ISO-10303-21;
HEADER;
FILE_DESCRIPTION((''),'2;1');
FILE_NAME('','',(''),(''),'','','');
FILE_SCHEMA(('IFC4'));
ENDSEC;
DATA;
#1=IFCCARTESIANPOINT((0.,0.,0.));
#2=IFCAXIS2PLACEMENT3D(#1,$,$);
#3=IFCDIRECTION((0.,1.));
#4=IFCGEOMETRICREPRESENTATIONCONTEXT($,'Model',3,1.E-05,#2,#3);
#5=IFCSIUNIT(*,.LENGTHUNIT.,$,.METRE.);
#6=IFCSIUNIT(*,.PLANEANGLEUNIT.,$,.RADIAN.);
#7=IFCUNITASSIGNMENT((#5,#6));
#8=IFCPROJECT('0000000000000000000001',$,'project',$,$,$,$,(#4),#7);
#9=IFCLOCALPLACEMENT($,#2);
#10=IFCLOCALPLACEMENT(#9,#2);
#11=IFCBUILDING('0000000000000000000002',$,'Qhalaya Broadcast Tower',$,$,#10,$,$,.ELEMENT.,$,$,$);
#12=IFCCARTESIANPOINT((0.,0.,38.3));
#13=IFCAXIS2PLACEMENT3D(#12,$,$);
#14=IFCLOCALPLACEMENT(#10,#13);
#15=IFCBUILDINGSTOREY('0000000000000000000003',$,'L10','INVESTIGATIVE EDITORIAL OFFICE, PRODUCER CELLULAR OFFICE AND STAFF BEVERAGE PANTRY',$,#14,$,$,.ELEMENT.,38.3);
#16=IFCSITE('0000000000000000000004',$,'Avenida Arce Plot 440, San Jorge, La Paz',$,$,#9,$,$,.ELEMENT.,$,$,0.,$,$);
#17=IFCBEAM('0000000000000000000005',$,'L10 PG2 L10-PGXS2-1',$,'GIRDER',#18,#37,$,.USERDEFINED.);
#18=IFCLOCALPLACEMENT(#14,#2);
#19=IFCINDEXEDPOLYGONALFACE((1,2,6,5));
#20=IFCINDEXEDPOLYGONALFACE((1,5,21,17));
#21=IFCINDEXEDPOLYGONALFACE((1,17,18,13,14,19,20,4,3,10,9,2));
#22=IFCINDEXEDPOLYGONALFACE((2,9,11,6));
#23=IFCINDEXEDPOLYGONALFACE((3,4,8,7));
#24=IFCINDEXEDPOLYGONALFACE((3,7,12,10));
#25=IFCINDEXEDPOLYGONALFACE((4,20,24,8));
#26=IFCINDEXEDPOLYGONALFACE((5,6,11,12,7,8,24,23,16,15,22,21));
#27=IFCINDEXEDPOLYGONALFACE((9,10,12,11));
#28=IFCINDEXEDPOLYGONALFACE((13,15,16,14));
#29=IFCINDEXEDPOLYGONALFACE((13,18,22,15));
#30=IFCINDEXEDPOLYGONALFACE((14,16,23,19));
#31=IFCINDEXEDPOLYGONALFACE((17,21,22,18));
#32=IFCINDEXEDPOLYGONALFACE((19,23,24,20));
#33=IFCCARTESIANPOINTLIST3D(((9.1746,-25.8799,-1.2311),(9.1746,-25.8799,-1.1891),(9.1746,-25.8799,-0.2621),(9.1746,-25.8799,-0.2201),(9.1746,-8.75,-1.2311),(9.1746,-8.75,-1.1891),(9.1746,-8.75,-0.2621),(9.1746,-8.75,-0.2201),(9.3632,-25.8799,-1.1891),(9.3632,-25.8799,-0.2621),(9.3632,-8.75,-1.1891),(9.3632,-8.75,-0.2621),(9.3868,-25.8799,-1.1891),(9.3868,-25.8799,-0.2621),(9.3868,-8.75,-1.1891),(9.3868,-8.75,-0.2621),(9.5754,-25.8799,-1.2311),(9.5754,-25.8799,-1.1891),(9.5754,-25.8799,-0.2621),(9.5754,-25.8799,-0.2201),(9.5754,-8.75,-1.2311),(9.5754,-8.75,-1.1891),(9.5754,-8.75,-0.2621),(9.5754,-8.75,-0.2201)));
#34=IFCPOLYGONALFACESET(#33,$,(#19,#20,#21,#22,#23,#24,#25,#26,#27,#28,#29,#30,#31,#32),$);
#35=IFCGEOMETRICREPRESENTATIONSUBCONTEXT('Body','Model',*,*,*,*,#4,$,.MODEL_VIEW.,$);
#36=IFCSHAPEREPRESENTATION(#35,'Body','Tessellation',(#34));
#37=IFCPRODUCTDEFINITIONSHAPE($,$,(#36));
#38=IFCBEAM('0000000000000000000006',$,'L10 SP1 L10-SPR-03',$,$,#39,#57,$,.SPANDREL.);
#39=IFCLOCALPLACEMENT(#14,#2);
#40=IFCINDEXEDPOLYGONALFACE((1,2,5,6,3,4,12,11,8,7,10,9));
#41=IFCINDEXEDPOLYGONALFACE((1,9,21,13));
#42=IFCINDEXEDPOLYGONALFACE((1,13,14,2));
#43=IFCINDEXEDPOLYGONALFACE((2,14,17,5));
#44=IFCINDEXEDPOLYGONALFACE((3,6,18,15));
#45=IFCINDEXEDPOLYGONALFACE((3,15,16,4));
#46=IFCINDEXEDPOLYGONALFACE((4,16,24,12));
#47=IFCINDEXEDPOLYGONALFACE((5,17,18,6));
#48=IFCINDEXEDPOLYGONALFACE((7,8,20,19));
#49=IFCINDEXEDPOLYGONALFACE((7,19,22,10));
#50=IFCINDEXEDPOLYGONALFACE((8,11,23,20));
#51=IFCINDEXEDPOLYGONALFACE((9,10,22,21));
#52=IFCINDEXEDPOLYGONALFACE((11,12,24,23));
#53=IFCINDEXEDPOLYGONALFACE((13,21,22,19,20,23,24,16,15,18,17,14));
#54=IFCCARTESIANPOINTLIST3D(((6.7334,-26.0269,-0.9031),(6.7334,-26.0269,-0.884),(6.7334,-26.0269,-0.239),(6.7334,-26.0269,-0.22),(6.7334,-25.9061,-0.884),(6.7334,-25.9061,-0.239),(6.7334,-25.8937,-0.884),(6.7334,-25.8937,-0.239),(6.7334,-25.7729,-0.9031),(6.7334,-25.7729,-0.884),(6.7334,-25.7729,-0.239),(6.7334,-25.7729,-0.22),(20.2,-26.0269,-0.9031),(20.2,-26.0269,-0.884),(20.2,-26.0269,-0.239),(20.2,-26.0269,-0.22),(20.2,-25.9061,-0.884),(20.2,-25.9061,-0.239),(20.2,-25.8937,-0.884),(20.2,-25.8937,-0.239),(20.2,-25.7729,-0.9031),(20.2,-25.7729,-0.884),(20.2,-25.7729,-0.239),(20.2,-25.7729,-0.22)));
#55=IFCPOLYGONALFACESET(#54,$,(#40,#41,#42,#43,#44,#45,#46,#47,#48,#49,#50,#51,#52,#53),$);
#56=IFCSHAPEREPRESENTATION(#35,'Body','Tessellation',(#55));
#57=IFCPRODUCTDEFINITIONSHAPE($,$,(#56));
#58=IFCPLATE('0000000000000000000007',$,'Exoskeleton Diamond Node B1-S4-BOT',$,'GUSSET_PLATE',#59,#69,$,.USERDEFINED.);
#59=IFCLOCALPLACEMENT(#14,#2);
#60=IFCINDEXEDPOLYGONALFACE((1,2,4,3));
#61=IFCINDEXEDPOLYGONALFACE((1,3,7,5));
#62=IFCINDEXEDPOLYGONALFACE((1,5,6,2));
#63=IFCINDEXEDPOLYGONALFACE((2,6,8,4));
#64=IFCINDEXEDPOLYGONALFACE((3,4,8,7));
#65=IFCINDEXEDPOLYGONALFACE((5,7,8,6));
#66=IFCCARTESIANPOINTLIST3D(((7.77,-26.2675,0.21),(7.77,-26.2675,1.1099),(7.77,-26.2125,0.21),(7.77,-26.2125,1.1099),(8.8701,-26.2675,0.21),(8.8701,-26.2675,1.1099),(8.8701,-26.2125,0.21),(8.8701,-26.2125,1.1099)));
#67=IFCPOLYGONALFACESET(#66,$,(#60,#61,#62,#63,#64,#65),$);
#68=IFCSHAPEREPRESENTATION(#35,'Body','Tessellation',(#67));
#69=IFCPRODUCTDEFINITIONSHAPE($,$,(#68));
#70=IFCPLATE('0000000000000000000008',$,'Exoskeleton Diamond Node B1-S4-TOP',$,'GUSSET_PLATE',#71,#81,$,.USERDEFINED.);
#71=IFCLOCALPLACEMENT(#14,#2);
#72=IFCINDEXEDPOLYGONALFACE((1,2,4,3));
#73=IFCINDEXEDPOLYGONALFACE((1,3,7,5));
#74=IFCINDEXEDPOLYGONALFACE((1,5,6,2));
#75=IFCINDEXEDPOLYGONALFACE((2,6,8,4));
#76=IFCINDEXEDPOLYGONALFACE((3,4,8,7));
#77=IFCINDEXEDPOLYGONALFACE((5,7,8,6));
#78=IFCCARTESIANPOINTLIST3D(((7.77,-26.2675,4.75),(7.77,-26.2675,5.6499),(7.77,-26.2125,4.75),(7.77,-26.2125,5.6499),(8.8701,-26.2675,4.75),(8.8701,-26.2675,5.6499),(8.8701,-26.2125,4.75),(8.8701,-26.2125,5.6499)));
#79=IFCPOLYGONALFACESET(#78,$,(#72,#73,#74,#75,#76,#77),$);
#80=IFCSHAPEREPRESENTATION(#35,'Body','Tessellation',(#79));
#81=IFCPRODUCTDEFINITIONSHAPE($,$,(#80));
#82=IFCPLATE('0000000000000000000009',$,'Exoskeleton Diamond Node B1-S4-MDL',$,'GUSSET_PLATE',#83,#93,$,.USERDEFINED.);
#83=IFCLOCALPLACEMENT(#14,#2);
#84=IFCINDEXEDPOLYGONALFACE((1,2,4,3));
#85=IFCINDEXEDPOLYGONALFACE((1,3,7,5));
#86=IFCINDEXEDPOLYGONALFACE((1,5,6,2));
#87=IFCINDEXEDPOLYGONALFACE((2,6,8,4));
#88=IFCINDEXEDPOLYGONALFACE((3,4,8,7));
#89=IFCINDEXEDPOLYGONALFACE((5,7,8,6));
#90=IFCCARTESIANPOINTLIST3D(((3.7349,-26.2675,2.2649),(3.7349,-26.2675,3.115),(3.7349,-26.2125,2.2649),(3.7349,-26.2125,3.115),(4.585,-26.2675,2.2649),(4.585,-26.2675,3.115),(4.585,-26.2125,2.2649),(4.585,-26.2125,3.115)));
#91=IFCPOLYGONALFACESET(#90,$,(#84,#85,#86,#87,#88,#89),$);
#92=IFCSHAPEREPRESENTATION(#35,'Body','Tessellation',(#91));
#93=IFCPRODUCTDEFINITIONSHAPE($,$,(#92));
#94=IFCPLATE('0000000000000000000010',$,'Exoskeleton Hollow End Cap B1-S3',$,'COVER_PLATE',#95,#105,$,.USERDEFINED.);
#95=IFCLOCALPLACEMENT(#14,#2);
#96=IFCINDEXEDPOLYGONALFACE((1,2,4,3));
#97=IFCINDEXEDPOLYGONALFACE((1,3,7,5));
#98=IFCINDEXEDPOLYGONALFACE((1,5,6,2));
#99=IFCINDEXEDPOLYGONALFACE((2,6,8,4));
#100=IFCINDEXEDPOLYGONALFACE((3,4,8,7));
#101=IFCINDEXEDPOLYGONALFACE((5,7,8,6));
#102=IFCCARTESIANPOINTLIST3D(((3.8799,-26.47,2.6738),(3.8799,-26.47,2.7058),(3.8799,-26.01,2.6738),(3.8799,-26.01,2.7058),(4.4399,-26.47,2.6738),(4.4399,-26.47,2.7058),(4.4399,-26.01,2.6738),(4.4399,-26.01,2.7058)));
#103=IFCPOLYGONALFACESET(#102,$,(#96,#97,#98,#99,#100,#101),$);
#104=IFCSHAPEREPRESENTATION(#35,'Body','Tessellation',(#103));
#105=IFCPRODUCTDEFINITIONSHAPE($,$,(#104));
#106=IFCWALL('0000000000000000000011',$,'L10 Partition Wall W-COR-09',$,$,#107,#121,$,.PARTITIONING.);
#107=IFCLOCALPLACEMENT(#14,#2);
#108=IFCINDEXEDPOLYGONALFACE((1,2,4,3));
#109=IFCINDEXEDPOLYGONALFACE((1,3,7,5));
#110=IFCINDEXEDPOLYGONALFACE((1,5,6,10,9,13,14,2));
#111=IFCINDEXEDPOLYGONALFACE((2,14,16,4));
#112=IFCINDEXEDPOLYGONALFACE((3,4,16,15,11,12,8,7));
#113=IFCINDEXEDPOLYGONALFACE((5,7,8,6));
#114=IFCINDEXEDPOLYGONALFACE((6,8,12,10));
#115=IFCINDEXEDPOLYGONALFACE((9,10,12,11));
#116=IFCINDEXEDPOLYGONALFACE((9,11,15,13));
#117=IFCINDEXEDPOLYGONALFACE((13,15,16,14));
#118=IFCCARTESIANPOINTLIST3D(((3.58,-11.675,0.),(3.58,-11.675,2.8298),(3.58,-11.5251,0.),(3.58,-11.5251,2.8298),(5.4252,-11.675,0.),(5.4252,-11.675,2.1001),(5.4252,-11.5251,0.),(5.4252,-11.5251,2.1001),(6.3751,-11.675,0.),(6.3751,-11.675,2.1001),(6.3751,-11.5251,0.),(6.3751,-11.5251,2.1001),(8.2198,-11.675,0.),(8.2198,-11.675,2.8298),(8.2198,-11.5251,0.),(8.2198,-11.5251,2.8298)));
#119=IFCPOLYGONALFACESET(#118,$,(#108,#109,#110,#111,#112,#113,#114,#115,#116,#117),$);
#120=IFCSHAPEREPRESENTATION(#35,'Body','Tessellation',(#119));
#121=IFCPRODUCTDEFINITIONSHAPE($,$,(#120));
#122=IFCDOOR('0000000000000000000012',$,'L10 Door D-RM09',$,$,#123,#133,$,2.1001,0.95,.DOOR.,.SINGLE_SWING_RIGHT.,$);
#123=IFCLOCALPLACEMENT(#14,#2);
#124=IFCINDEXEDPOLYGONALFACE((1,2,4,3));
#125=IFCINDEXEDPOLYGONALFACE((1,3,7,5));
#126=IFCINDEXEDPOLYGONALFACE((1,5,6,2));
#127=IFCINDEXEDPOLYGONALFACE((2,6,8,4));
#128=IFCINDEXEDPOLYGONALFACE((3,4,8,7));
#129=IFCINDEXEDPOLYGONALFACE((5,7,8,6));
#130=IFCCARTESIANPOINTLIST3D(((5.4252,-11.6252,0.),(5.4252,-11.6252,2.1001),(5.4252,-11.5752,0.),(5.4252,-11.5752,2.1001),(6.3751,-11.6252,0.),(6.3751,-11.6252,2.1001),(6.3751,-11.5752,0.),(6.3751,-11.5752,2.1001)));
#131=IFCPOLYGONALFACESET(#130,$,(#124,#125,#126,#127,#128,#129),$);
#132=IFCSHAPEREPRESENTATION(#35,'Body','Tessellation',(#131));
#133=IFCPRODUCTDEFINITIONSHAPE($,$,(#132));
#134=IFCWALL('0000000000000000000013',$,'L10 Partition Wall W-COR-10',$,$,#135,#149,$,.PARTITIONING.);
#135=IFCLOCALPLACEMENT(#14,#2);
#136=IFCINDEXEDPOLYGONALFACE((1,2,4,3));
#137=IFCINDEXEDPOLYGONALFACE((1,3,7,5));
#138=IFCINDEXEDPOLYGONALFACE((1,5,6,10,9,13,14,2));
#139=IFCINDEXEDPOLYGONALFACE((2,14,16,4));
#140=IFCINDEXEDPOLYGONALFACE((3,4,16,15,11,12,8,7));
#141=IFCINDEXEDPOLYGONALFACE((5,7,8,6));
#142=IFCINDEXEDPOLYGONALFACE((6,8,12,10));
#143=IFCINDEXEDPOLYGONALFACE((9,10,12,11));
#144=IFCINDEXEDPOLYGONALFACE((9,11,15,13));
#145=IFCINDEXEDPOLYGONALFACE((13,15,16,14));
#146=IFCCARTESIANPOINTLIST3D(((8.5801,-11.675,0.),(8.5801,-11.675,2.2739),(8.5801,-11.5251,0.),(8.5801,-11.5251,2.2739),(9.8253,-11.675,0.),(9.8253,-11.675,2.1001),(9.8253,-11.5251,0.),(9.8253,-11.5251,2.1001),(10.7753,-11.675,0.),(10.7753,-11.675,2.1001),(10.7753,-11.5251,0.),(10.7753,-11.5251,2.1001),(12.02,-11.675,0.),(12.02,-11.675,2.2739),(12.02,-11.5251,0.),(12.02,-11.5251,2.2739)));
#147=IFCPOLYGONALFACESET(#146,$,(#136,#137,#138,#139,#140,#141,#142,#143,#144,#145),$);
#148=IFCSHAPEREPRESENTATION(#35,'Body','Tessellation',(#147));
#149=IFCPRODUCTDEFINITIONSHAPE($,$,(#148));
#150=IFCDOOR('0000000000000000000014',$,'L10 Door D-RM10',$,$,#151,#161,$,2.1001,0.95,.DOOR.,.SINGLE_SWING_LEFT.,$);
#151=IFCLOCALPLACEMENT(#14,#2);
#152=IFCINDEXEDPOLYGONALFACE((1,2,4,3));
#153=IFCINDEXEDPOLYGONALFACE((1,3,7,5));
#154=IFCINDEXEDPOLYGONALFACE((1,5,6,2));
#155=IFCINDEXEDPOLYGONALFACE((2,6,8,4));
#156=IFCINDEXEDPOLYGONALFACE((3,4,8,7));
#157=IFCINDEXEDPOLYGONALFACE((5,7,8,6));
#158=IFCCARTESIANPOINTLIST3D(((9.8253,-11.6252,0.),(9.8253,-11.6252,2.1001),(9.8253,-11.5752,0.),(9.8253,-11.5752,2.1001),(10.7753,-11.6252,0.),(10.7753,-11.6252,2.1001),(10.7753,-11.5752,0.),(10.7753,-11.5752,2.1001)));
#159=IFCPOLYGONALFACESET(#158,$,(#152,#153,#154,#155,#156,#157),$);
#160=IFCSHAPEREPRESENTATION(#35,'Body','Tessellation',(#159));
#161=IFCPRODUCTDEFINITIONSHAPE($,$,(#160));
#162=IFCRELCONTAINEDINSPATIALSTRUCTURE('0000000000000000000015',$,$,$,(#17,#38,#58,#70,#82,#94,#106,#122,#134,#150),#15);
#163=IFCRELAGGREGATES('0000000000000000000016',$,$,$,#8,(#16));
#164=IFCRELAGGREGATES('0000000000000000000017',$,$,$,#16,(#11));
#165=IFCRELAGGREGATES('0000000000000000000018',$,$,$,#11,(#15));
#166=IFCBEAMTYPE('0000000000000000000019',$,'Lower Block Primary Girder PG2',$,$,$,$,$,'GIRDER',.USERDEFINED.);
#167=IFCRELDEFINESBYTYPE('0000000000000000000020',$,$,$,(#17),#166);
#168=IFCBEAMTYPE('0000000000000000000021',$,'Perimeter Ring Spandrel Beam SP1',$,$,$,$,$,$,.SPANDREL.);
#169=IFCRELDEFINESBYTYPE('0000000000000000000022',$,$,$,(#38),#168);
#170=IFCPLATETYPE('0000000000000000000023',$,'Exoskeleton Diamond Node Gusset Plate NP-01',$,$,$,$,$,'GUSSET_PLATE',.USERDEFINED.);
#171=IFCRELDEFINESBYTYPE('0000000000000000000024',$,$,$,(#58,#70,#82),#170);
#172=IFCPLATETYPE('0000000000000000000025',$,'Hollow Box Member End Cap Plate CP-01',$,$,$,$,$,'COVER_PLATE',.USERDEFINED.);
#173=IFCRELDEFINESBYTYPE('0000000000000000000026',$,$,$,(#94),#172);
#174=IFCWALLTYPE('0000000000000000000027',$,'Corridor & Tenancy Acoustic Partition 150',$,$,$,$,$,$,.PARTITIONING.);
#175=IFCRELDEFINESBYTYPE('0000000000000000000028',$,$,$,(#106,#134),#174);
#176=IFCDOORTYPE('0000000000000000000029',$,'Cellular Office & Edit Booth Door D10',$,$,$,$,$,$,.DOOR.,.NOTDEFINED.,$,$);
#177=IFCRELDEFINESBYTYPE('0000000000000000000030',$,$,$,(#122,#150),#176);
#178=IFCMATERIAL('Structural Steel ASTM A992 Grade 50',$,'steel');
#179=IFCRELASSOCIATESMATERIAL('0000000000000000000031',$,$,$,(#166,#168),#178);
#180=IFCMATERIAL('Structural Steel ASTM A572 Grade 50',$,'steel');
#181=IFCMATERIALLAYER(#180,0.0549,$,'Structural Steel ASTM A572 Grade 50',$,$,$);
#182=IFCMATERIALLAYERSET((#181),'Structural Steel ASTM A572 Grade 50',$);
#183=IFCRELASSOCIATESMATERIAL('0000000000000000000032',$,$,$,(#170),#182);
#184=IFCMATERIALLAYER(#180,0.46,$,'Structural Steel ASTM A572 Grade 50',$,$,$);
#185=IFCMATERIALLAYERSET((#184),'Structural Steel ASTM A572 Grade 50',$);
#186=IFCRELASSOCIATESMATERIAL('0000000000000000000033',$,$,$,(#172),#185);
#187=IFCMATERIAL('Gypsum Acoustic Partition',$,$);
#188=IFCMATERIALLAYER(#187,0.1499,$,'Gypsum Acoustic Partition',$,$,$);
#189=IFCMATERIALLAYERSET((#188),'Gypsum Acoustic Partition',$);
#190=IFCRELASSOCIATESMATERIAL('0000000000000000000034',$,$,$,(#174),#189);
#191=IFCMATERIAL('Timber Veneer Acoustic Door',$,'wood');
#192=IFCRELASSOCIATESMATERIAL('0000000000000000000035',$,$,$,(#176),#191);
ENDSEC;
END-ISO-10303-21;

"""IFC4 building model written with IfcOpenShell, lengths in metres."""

from ifc_helpers import new_model, si_unit, direction, frame, frame_2d, origin, origin_2d, place, context, subcontext, project, spatial, rectangle, i_section, extrude, material, layer, layer_set, material_profile, profile_set, type_object, element, fill, save


model = new_model("IFC4")

# Units and contexts
model_context = context("Model", 3, precision=1e-05, world=origin(), true_north=direction((0.0, 1.0)))
body_context = subcontext(model_context, "Body", "Model", "MODEL_VIEW")
ifc_project = project(units=[si_unit("LENGTHUNIT", "METRE"), si_unit("PLANEANGLEUNIT", "RADIAN")], contexts=[model_context])

# Site, building, storey
site_placement = place(None, origin())
site = spatial("IfcSite", under=ifc_project, at=site_placement, Name="Avenida Arce Plot 440, San Jorge, La Paz", CompositionType="ELEMENT", RefElevation=0.0)
building_placement = place(site_placement, origin())
building = spatial("IfcBuilding", under=site, at=building_placement, Name="Qhalaya Broadcast Tower", CompositionType="ELEMENT")
storey_placement = place(building_placement, frame((0.0, 0.0, 38.3)))
storey = spatial("IfcBuildingStorey", under=building, at=storey_placement, Name="L10", Description="INVESTIGATIVE EDITORIAL OFFICE, PRODUCER CELLULAR OFFICE AND STAFF BEVERAGE PANTRY", CompositionType="ELEMENT", Elevation=38.3)

# Shared definitions
ifc_material_1 = material(Name="Structural Steel ASTM A572 Grade 50", Category="steel")

# Shared definitions
ifc_material_2 = material(Name="Structural Steel ASTM A992 Grade 50", Category="steel")

# Beams
ifc_material_profile_1 = material_profile(ifc_material_2, i_section(OverallWidth=0.4009, OverallDepth=1.011, WebThickness=0.0237, FlangeThickness=0.042, at=origin_2d()), Name="W40X297")
ifc_profile_set_1 = profile_set([ifc_material_profile_1], Name="Structural Steel ASTM A992 Grade 50")
beam_type_1 = type_object("IfcBeamType", Name="Lower Block Primary Girder PG2", ElementType="GIRDER", PredefinedType="USERDEFINED", material=ifc_profile_set_1)
beam_1_placement = place(storey_placement, frame((9.375, -25.8799, -0.7256), z_axis=(0.0, 1.0, 0.0), x_axis=(-1.0, 0.0, 0.0)))
element("IfcBeam", 1, at=beam_1_placement, inside=storey, type_object=beam_type_1, Name="L10 PG2 L10-PGXS2-1", ObjectType="GIRDER", PredefinedType="USERDEFINED", context=body_context, shape_type="SweptSolid", body=[
    extrude(i_section(OverallWidth=0.4009, OverallDepth=1.011, WebThickness=0.0237, FlangeThickness=0.042, at=origin_2d()), origin(), (0.0, 0.0, 1.0), 17.1299),
])
ifc_material_profile_2 = material_profile(ifc_material_2, i_section(OverallWidth=0.2539, OverallDepth=0.6831, WebThickness=0.0125, FlangeThickness=0.019, at=origin_2d()), Name="W27X94")
ifc_profile_set_2 = profile_set([ifc_material_profile_2], Name="Structural Steel ASTM A992 Grade 50")
beam_type_2 = type_object("IfcBeamType", Name="Perimeter Ring Spandrel Beam SP1", PredefinedType="SPANDREL", material=ifc_profile_set_2)
beam_2_placement = place(storey_placement, frame((6.7334, -25.8999, -0.5615), z_axis=(1.0, 0.0, 0.0), x_axis=(0.0, 1.0, 0.0)))
element("IfcBeam", 2, at=beam_2_placement, inside=storey, type_object=beam_type_2, Name="L10 SP1 L10-SPR-03", PredefinedType="SPANDREL", context=body_context, shape_type="SweptSolid", body=[
    extrude(i_section(OverallWidth=0.2539, OverallDepth=0.6831, WebThickness=0.0125, FlangeThickness=0.019, at=origin_2d()), origin(), (0.0, 0.0, 1.0), 13.4666),
])

# Plates
ifc_layer_1 = layer(ifc_material_1, 0.0549, Name="Structural Steel ASTM A572 Grade 50")
ifc_layer_set_1 = layer_set([ifc_layer_1], Name="Structural Steel ASTM A572 Grade 50")
plate_type_1 = type_object("IfcPlateType", Name="Exoskeleton Diamond Node Gusset Plate NP-01", ElementType="GUSSET_PLATE", PredefinedType="USERDEFINED", material=ifc_layer_set_1)
for number, where, z_axis, x_axis, name in (
    (3, (8.3201, -26.24, 0.21), (0.0, 0.0, 1.0), (1.0, 0.0, 0.0), "Exoskeleton Diamond Node B1-S4-BOT"),
    (4, (8.3201, -26.24, 4.75), (0.0, 0.0, 1.0), (1.0, 0.0, 0.0), "Exoskeleton Diamond Node B1-S4-TOP"),
):
    element("IfcPlate", number, at=place(storey_placement, frame(where, z_axis=z_axis, x_axis=x_axis)), inside=storey, type_object=plate_type_1, Name=name, ObjectType="GUSSET_PLATE", PredefinedType="USERDEFINED", context=body_context, shape_type="SweptSolid", body=[
        extrude(rectangle(XDim=1.1001, YDim=0.0549, at=origin_2d()), origin(), (0.0, 0.0, 1.0), 0.8999),
    ])
plate_1_placement = place(storey_placement, frame((4.1599, -26.24, 2.2649), z_axis=(0.0, 0.0, 1.0), x_axis=(1.0, 0.0, 0.0)))
element("IfcPlate", 5, at=plate_1_placement, inside=storey, type_object=plate_type_1, Name="Exoskeleton Diamond Node B1-S4-MDL", ObjectType="GUSSET_PLATE", PredefinedType="USERDEFINED", context=body_context, shape_type="SweptSolid", body=[
    extrude(rectangle(XDim=0.8501, YDim=0.0549, at=origin_2d()), origin(), (0.0, 0.0, 1.0), 0.8501),
])
ifc_layer_2 = layer(ifc_material_1, 0.46, Name="Structural Steel ASTM A572 Grade 50")
ifc_layer_set_2 = layer_set([ifc_layer_2], Name="Structural Steel ASTM A572 Grade 50")
plate_type_2 = type_object("IfcPlateType", Name="Hollow Box Member End Cap Plate CP-01", ElementType="COVER_PLATE", PredefinedType="USERDEFINED", material=ifc_layer_set_2)
plate_2_placement = place(storey_placement, frame((4.1599, -26.24, 2.6738), z_axis=(0.0, 0.0, 1.0), x_axis=(1.0, 0.0, 0.0)))
element("IfcPlate", 6, at=plate_2_placement, inside=storey, type_object=plate_type_2, Name="Exoskeleton Hollow End Cap B1-S3", ObjectType="COVER_PLATE", PredefinedType="USERDEFINED", context=body_context, shape_type="SweptSolid", body=[
    extrude(rectangle(XDim=0.5601, YDim=0.46, at=origin_2d()), origin(), (0.0, 0.0, 1.0), 0.032),
])

# Walls, openings, doors
ifc_material_3 = material(Name="Gypsum Acoustic Partition")
ifc_layer_3 = layer(ifc_material_3, 0.1499, Name="Gypsum Acoustic Partition")
ifc_layer_set_3 = layer_set([ifc_layer_3], Name="Gypsum Acoustic Partition")
wall_type_1 = type_object("IfcWallType", Name="Corridor & Tenancy Acoustic Partition 150", PredefinedType="PARTITIONING", material=ifc_layer_set_3)
wall_1_placement = place(storey_placement, frame((3.5801, -11.6001, 0.0), z_axis=(0.0, 0.0, 1.0), x_axis=(1.0, 0.0, 0.0)))
wall_1 = element("IfcWall", 7, at=wall_1_placement, inside=storey, type_object=wall_type_1, Name="L10 Partition Wall W-COR-09", PredefinedType="PARTITIONING", context=body_context, shape_type="SweptSolid", body=[
    extrude(rectangle(XDim=4.6399, YDim=0.1499, at=frame_2d((2.3198, 0.0))), origin(), (0.0, 0.0, 1.0), 2.8298),
])
opening_1_placement = place(wall_1_placement, frame((1.845, 0.0, 0.0)))
opening_1 = element("IfcOpeningElement", 8, at=opening_1_placement, cuts=wall_1, PredefinedType="OPENING", context=body_context, shape_type="SweptSolid", body=[
    extrude(rectangle(XDim=0.95, YDim=2.1001, at=frame_2d((0.4751, 1.05))), frame((0.0, 0.0869, 0.0), z_axis=(0.0, -1.0, 0.0), x_axis=(1.0, 0.0, 0.0)), (0.0, 0.0, 1.0), 0.1738),
])
ifc_material_4 = material(Name="Timber Veneer Acoustic Door", Category="wood")
door_type = type_object("IfcDoorType", Name="Cellular Office & Edit Booth Door D10", OperationType="NOTDEFINED", PredefinedType="DOOR", material=ifc_material_4)
door_1_placement = place(opening_1_placement, origin())
door_1 = element("IfcDoor", 9, at=door_1_placement, inside=storey, type_object=door_type, Name="L10 Door D-RM09", OperationType="SINGLE_SWING_RIGHT", OverallHeight=2.1001, OverallWidth=0.95, PredefinedType="DOOR", context=body_context, shape_type="SweptSolid", body=[
    extrude(rectangle(XDim=0.95, YDim=2.1001, at=frame_2d((0.4751, 1.05))), frame((0.0, 0.0249, 0.0), z_axis=(0.0, -1.0, 0.0), x_axis=(1.0, 0.0, 0.0)), (0.0, 0.0, 1.0), 0.05),
])
fill(opening_1, door_1)
wall_2_placement = place(storey_placement, frame((8.5801, -11.6001, 0.0), z_axis=(0.0, 0.0, 1.0), x_axis=(1.0, 0.0, 0.0)))
wall_2 = element("IfcWall", 10, at=wall_2_placement, inside=storey, type_object=wall_type_1, Name="L10 Partition Wall W-COR-10", PredefinedType="PARTITIONING", context=body_context, shape_type="SweptSolid", body=[
    extrude(rectangle(XDim=3.4399, YDim=0.1499, at=frame_2d((1.72, 0.0))), origin(), (0.0, 0.0, 1.0), 2.2739),
])
opening_2_placement = place(wall_2_placement, frame((1.2451, 0.0, 0.0)))
opening_2 = element("IfcOpeningElement", 11, at=opening_2_placement, cuts=wall_2, PredefinedType="OPENING", context=body_context, shape_type="SweptSolid", body=[
    extrude(rectangle(XDim=0.95, YDim=2.1001, at=frame_2d((0.4751, 1.05))), frame((0.0, 0.0869, 0.0), z_axis=(0.0, -1.0, 0.0), x_axis=(1.0, 0.0, 0.0)), (0.0, 0.0, 1.0), 0.1738),
])
door_2_placement = place(opening_2_placement, origin())
door_2 = element("IfcDoor", 12, at=door_2_placement, inside=storey, type_object=door_type, Name="L10 Door D-RM10", OperationType="SINGLE_SWING_LEFT", OverallHeight=2.1001, OverallWidth=0.95, PredefinedType="DOOR", context=body_context, shape_type="SweptSolid", body=[
    extrude(rectangle(XDim=0.95, YDim=2.1001, at=frame_2d((0.4751, 1.05))), frame((0.0, 0.0249, 0.0), z_axis=(0.0, -1.0, 0.0), x_axis=(1.0, 0.0, 0.0)), (0.0, 0.0, 1.0), 0.05),
])
fill(opening_2, door_2)

save(model, "model.ifc")
